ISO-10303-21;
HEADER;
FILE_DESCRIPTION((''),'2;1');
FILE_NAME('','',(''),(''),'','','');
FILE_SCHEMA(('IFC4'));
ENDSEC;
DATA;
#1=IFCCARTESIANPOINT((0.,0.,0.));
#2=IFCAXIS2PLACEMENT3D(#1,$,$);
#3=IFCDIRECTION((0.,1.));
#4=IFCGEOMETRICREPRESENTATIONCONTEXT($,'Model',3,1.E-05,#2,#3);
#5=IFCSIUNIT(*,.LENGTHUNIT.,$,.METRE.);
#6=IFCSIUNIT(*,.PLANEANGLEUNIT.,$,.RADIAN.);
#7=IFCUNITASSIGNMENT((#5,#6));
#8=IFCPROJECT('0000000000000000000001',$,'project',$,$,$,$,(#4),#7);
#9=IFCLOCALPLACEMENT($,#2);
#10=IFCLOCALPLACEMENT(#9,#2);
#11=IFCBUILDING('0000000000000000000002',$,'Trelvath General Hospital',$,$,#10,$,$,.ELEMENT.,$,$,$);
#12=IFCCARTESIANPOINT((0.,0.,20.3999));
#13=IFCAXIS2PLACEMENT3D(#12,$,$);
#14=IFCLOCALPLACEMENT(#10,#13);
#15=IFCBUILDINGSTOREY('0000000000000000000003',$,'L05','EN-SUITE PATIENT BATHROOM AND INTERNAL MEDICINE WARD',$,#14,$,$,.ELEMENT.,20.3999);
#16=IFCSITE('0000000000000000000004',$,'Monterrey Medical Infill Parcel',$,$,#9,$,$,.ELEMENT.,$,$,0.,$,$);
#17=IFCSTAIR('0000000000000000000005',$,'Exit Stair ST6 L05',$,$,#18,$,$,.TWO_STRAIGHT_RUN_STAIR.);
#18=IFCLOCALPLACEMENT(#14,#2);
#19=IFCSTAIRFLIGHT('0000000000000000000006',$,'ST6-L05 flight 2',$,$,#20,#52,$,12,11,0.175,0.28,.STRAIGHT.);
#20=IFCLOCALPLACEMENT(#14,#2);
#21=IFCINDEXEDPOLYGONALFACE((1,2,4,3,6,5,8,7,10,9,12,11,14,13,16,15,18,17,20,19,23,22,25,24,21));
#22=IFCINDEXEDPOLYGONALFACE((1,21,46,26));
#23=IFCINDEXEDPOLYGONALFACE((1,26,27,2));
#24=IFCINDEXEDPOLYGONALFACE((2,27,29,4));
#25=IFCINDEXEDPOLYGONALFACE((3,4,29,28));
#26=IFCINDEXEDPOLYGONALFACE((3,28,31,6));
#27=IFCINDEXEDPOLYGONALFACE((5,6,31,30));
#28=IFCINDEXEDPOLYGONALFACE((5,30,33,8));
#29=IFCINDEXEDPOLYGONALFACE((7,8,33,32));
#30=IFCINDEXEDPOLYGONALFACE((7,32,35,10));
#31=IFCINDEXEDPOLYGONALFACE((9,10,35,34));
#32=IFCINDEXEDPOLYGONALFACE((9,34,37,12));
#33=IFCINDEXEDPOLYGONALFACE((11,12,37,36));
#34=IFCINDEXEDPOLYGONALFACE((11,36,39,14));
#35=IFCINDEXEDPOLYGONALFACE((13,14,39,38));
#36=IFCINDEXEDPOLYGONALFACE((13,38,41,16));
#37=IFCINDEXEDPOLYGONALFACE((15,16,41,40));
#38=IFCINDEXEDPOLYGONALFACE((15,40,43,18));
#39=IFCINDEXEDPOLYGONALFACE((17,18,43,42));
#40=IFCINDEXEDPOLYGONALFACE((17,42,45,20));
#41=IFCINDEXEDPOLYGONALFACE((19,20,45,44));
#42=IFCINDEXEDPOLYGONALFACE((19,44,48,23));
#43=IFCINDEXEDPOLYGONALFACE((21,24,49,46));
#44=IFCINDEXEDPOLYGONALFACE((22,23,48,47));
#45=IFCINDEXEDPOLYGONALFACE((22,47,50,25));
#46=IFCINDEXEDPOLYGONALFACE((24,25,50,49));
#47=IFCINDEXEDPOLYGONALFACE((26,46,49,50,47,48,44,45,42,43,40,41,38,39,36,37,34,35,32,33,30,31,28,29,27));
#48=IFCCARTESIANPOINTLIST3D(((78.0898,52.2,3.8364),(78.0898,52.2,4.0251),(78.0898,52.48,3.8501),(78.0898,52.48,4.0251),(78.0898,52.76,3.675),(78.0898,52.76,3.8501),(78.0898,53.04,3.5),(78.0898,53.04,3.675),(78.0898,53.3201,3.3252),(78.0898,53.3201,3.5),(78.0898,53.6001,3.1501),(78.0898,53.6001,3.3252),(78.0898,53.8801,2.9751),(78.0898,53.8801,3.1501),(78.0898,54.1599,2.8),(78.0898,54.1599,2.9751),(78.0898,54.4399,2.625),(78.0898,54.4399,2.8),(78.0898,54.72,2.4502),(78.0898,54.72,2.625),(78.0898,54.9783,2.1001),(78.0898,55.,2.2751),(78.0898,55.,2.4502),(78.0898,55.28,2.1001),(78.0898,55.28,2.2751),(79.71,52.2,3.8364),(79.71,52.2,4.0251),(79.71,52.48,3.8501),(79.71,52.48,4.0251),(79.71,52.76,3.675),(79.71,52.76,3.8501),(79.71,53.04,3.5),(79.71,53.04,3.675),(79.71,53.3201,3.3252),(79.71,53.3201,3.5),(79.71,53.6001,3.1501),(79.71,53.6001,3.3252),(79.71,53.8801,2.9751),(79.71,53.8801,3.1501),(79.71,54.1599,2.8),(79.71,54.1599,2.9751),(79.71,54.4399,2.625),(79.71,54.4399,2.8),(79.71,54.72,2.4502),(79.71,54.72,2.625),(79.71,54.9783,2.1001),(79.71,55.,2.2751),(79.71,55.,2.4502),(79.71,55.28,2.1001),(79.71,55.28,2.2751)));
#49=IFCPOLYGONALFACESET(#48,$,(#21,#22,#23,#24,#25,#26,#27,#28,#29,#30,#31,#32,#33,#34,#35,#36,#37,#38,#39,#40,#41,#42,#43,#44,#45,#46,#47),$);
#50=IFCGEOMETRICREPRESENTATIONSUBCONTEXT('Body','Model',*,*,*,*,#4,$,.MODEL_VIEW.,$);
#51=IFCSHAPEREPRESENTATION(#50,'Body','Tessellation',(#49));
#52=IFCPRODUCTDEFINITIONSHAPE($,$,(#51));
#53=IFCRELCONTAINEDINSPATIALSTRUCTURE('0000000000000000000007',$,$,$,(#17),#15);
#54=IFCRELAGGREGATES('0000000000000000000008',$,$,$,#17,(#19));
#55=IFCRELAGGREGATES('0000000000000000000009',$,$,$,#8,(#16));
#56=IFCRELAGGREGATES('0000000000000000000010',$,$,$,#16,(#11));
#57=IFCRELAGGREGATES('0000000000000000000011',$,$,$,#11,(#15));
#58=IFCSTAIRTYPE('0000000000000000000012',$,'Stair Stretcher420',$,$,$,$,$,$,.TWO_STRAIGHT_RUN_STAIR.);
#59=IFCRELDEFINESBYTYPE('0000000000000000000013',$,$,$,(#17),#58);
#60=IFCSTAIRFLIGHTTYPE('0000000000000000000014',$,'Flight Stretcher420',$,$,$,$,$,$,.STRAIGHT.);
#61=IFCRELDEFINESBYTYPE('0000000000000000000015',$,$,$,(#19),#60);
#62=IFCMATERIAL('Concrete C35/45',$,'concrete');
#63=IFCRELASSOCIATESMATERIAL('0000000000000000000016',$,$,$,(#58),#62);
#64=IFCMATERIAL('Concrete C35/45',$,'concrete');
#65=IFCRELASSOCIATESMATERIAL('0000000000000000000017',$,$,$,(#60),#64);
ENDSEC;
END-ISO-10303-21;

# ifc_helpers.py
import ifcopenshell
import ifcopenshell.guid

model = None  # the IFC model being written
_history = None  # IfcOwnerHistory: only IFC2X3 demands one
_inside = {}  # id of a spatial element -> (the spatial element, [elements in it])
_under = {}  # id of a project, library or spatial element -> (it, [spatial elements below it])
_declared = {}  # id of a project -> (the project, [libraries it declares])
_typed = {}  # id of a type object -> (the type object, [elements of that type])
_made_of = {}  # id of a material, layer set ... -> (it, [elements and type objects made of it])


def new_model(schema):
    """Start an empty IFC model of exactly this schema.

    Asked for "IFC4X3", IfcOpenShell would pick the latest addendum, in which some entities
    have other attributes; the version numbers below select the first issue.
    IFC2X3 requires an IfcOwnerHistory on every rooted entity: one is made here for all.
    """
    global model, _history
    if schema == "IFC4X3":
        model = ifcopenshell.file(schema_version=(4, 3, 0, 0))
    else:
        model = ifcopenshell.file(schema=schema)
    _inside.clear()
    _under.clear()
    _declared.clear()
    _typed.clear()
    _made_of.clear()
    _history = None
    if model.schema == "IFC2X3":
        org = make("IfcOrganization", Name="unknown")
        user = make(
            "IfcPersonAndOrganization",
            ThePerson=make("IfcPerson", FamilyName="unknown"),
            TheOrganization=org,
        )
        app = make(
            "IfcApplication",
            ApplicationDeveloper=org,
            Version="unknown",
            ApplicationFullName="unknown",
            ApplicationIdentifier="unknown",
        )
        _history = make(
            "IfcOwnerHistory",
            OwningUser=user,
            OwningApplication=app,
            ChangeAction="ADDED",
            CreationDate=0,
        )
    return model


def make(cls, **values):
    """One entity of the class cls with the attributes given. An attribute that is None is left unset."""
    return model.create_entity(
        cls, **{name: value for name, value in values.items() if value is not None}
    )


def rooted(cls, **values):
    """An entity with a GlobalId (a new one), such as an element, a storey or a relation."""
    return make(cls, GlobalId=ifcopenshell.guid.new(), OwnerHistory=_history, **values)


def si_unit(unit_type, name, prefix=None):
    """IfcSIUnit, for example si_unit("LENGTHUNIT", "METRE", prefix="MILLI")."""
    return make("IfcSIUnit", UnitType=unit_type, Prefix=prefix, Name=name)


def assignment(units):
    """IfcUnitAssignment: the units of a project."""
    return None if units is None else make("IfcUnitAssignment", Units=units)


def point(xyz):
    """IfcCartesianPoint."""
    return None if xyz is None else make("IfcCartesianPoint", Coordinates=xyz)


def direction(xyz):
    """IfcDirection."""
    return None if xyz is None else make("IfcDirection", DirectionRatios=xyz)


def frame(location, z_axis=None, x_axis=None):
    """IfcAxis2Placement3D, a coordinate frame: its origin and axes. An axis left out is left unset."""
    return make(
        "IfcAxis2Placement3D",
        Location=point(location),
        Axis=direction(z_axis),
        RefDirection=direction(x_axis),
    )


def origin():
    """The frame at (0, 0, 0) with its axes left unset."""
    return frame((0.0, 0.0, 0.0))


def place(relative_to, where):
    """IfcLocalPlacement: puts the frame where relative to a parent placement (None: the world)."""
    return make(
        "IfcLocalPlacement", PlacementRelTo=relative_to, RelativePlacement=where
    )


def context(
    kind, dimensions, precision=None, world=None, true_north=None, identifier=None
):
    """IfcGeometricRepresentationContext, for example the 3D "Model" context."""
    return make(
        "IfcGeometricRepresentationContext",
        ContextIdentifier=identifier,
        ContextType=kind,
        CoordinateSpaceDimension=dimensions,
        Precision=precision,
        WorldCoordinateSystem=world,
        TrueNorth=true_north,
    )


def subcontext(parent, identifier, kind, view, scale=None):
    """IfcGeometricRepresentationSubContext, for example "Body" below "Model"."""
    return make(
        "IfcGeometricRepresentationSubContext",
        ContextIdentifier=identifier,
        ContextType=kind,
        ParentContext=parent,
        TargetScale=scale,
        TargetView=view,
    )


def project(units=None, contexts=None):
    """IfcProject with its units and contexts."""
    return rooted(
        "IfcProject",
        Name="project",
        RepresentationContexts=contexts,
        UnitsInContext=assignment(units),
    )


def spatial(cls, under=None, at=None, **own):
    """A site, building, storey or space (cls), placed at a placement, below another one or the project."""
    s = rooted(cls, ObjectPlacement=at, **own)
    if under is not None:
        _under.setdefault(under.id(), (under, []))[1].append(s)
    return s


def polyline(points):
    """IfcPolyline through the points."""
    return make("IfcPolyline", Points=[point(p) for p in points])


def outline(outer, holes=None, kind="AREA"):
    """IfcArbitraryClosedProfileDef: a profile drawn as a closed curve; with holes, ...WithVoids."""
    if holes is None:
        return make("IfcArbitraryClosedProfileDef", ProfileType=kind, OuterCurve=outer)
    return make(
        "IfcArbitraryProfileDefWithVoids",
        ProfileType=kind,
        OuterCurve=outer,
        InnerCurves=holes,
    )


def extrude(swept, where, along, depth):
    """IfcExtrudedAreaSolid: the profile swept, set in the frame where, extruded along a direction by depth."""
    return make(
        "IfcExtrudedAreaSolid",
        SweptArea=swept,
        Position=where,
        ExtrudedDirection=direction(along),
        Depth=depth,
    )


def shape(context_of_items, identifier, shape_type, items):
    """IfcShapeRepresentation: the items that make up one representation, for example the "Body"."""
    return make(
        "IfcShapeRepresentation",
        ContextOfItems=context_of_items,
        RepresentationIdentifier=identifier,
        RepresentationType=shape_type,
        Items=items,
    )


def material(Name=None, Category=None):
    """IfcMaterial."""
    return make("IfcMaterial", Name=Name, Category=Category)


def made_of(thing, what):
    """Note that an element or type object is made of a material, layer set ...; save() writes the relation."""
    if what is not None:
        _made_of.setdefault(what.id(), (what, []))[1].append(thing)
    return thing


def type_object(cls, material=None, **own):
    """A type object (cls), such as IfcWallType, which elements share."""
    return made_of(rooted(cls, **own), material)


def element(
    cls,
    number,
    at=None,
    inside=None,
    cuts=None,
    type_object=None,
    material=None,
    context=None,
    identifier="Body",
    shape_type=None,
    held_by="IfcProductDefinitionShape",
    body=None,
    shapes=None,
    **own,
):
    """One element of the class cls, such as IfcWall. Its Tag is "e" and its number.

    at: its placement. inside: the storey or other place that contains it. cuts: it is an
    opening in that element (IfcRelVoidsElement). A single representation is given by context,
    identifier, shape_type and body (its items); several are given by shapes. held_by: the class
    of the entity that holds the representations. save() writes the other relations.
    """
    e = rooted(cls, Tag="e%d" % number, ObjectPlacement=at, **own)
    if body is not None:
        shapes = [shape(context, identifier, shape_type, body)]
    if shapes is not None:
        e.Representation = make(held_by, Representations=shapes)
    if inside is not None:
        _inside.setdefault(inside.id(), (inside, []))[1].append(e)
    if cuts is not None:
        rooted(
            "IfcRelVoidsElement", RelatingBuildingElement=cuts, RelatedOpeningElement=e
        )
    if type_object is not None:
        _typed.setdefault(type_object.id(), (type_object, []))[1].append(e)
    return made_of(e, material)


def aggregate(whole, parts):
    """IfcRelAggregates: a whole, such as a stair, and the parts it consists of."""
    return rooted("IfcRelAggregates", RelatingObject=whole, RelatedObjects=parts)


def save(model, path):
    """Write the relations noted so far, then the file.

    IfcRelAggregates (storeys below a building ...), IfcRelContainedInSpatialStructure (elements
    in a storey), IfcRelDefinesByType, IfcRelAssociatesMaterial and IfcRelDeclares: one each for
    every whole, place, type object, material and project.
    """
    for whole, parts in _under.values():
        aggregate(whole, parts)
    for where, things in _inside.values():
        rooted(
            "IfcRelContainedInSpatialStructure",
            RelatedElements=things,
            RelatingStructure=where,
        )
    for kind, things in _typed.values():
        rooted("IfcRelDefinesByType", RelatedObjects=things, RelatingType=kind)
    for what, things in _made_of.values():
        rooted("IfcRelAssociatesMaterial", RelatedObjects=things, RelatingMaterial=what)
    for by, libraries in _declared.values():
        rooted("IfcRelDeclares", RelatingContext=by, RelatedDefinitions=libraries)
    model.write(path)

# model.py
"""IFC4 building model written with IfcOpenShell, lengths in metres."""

from ifc_helpers import new_model, si_unit, direction, frame, origin, place, context, subcontext, project, spatial, polyline, outline, extrude, material, type_object, element, aggregate, save


model = new_model("IFC4")

# Units and contexts
model_context = context("Model", 3, precision=1e-05, world=origin(), true_north=direction((0.0, 1.0)))
body_context = subcontext(model_context, "Body", "Model", "MODEL_VIEW")
ifc_project = project(units=[si_unit("LENGTHUNIT", "METRE"), si_unit("PLANEANGLEUNIT", "RADIAN")], contexts=[model_context])

# Site, building, storey
site_placement = place(None, origin())
site = spatial("IfcSite", under=ifc_project, at=site_placement, Name="Monterrey Medical Infill Parcel", CompositionType="ELEMENT", RefElevation=0.0)
building_placement = place(site_placement, origin())
building = spatial("IfcBuilding", under=site, at=building_placement, Name="Trelvath General Hospital", CompositionType="ELEMENT")
storey_placement = place(building_placement, frame((0.0, 0.0, 20.3999)))
storey = spatial("IfcBuildingStorey", under=building, at=storey_placement, Name="L05", Description="EN-SUITE PATIENT BATHROOM AND INTERNAL MEDICINE WARD", CompositionType="ELEMENT", Elevation=20.3999)

# Stair, stair flight
ifc_material_1 = material(Name="Concrete C35/45", Category="concrete")
stair_type = type_object("IfcStairType", Name="Stair Stretcher420", PredefinedType="TWO_STRAIGHT_RUN_STAIR", material=ifc_material_1)
stair_placement = place(storey_placement, origin())
stair = element("IfcStair", 1, at=stair_placement, inside=storey, type_object=stair_type, Name="Exit Stair ST6 L05", PredefinedType="TWO_STRAIGHT_RUN_STAIR")
ifc_material_2 = material(Name="Concrete C35/45", Category="concrete")
stair_flight_type = type_object("IfcStairFlightType", Name="Flight Stretcher420", PredefinedType="STRAIGHT", material=ifc_material_2)
stair_flight_placement = place(storey_placement, frame((78.8999, 55.28, 2.1001), z_axis=(0.0, 0.0, 1.0), x_axis=(0.0, -1.0, 0.0)))
stair_flight = element("IfcStairFlight", 2, at=stair_flight_placement, type_object=stair_flight_type, Name="ST6-L05 flight 2", NumberOfRisers=12, NumberOfTreads=11, PredefinedType="STRAIGHT", RiserHeight=0.175, TreadLength=0.28, context=body_context, shape_type="SweptSolid", body=[
    extrude(outline(polyline([(0.0, 0.0), (0.0, 0.175), (0.28, 0.175), (0.28, 0.3501), (0.5601, 0.3501), (0.5601, 0.5249), (0.8401, 0.5249), (0.8401, 0.7), (1.1201, 0.7), (1.1201, 0.875), (1.3999, 0.875), (1.3999, 1.05), (1.6799, 1.05), (1.6799, 1.2251), (1.96, 1.2251), (1.96, 1.3999), (2.24, 1.3999), (2.24, 1.575), (2.52, 1.575), (2.52, 1.75), (2.8, 1.75), (2.8, 1.925), (3.0801, 1.925), (3.0801, 2.1001), (3.0801, 1.7363), (0.3018, 0.0), (0.0, 0.0)])), frame((0.0, 0.8101, 0.0), z_axis=(0.0, -1.0, 0.0), x_axis=(1.0, 0.0, 0.0)), (0.0, 0.0, 1.0), 1.6201),
])
aggregate(stair, [stair_flight])

save(model, "model.ifc")
